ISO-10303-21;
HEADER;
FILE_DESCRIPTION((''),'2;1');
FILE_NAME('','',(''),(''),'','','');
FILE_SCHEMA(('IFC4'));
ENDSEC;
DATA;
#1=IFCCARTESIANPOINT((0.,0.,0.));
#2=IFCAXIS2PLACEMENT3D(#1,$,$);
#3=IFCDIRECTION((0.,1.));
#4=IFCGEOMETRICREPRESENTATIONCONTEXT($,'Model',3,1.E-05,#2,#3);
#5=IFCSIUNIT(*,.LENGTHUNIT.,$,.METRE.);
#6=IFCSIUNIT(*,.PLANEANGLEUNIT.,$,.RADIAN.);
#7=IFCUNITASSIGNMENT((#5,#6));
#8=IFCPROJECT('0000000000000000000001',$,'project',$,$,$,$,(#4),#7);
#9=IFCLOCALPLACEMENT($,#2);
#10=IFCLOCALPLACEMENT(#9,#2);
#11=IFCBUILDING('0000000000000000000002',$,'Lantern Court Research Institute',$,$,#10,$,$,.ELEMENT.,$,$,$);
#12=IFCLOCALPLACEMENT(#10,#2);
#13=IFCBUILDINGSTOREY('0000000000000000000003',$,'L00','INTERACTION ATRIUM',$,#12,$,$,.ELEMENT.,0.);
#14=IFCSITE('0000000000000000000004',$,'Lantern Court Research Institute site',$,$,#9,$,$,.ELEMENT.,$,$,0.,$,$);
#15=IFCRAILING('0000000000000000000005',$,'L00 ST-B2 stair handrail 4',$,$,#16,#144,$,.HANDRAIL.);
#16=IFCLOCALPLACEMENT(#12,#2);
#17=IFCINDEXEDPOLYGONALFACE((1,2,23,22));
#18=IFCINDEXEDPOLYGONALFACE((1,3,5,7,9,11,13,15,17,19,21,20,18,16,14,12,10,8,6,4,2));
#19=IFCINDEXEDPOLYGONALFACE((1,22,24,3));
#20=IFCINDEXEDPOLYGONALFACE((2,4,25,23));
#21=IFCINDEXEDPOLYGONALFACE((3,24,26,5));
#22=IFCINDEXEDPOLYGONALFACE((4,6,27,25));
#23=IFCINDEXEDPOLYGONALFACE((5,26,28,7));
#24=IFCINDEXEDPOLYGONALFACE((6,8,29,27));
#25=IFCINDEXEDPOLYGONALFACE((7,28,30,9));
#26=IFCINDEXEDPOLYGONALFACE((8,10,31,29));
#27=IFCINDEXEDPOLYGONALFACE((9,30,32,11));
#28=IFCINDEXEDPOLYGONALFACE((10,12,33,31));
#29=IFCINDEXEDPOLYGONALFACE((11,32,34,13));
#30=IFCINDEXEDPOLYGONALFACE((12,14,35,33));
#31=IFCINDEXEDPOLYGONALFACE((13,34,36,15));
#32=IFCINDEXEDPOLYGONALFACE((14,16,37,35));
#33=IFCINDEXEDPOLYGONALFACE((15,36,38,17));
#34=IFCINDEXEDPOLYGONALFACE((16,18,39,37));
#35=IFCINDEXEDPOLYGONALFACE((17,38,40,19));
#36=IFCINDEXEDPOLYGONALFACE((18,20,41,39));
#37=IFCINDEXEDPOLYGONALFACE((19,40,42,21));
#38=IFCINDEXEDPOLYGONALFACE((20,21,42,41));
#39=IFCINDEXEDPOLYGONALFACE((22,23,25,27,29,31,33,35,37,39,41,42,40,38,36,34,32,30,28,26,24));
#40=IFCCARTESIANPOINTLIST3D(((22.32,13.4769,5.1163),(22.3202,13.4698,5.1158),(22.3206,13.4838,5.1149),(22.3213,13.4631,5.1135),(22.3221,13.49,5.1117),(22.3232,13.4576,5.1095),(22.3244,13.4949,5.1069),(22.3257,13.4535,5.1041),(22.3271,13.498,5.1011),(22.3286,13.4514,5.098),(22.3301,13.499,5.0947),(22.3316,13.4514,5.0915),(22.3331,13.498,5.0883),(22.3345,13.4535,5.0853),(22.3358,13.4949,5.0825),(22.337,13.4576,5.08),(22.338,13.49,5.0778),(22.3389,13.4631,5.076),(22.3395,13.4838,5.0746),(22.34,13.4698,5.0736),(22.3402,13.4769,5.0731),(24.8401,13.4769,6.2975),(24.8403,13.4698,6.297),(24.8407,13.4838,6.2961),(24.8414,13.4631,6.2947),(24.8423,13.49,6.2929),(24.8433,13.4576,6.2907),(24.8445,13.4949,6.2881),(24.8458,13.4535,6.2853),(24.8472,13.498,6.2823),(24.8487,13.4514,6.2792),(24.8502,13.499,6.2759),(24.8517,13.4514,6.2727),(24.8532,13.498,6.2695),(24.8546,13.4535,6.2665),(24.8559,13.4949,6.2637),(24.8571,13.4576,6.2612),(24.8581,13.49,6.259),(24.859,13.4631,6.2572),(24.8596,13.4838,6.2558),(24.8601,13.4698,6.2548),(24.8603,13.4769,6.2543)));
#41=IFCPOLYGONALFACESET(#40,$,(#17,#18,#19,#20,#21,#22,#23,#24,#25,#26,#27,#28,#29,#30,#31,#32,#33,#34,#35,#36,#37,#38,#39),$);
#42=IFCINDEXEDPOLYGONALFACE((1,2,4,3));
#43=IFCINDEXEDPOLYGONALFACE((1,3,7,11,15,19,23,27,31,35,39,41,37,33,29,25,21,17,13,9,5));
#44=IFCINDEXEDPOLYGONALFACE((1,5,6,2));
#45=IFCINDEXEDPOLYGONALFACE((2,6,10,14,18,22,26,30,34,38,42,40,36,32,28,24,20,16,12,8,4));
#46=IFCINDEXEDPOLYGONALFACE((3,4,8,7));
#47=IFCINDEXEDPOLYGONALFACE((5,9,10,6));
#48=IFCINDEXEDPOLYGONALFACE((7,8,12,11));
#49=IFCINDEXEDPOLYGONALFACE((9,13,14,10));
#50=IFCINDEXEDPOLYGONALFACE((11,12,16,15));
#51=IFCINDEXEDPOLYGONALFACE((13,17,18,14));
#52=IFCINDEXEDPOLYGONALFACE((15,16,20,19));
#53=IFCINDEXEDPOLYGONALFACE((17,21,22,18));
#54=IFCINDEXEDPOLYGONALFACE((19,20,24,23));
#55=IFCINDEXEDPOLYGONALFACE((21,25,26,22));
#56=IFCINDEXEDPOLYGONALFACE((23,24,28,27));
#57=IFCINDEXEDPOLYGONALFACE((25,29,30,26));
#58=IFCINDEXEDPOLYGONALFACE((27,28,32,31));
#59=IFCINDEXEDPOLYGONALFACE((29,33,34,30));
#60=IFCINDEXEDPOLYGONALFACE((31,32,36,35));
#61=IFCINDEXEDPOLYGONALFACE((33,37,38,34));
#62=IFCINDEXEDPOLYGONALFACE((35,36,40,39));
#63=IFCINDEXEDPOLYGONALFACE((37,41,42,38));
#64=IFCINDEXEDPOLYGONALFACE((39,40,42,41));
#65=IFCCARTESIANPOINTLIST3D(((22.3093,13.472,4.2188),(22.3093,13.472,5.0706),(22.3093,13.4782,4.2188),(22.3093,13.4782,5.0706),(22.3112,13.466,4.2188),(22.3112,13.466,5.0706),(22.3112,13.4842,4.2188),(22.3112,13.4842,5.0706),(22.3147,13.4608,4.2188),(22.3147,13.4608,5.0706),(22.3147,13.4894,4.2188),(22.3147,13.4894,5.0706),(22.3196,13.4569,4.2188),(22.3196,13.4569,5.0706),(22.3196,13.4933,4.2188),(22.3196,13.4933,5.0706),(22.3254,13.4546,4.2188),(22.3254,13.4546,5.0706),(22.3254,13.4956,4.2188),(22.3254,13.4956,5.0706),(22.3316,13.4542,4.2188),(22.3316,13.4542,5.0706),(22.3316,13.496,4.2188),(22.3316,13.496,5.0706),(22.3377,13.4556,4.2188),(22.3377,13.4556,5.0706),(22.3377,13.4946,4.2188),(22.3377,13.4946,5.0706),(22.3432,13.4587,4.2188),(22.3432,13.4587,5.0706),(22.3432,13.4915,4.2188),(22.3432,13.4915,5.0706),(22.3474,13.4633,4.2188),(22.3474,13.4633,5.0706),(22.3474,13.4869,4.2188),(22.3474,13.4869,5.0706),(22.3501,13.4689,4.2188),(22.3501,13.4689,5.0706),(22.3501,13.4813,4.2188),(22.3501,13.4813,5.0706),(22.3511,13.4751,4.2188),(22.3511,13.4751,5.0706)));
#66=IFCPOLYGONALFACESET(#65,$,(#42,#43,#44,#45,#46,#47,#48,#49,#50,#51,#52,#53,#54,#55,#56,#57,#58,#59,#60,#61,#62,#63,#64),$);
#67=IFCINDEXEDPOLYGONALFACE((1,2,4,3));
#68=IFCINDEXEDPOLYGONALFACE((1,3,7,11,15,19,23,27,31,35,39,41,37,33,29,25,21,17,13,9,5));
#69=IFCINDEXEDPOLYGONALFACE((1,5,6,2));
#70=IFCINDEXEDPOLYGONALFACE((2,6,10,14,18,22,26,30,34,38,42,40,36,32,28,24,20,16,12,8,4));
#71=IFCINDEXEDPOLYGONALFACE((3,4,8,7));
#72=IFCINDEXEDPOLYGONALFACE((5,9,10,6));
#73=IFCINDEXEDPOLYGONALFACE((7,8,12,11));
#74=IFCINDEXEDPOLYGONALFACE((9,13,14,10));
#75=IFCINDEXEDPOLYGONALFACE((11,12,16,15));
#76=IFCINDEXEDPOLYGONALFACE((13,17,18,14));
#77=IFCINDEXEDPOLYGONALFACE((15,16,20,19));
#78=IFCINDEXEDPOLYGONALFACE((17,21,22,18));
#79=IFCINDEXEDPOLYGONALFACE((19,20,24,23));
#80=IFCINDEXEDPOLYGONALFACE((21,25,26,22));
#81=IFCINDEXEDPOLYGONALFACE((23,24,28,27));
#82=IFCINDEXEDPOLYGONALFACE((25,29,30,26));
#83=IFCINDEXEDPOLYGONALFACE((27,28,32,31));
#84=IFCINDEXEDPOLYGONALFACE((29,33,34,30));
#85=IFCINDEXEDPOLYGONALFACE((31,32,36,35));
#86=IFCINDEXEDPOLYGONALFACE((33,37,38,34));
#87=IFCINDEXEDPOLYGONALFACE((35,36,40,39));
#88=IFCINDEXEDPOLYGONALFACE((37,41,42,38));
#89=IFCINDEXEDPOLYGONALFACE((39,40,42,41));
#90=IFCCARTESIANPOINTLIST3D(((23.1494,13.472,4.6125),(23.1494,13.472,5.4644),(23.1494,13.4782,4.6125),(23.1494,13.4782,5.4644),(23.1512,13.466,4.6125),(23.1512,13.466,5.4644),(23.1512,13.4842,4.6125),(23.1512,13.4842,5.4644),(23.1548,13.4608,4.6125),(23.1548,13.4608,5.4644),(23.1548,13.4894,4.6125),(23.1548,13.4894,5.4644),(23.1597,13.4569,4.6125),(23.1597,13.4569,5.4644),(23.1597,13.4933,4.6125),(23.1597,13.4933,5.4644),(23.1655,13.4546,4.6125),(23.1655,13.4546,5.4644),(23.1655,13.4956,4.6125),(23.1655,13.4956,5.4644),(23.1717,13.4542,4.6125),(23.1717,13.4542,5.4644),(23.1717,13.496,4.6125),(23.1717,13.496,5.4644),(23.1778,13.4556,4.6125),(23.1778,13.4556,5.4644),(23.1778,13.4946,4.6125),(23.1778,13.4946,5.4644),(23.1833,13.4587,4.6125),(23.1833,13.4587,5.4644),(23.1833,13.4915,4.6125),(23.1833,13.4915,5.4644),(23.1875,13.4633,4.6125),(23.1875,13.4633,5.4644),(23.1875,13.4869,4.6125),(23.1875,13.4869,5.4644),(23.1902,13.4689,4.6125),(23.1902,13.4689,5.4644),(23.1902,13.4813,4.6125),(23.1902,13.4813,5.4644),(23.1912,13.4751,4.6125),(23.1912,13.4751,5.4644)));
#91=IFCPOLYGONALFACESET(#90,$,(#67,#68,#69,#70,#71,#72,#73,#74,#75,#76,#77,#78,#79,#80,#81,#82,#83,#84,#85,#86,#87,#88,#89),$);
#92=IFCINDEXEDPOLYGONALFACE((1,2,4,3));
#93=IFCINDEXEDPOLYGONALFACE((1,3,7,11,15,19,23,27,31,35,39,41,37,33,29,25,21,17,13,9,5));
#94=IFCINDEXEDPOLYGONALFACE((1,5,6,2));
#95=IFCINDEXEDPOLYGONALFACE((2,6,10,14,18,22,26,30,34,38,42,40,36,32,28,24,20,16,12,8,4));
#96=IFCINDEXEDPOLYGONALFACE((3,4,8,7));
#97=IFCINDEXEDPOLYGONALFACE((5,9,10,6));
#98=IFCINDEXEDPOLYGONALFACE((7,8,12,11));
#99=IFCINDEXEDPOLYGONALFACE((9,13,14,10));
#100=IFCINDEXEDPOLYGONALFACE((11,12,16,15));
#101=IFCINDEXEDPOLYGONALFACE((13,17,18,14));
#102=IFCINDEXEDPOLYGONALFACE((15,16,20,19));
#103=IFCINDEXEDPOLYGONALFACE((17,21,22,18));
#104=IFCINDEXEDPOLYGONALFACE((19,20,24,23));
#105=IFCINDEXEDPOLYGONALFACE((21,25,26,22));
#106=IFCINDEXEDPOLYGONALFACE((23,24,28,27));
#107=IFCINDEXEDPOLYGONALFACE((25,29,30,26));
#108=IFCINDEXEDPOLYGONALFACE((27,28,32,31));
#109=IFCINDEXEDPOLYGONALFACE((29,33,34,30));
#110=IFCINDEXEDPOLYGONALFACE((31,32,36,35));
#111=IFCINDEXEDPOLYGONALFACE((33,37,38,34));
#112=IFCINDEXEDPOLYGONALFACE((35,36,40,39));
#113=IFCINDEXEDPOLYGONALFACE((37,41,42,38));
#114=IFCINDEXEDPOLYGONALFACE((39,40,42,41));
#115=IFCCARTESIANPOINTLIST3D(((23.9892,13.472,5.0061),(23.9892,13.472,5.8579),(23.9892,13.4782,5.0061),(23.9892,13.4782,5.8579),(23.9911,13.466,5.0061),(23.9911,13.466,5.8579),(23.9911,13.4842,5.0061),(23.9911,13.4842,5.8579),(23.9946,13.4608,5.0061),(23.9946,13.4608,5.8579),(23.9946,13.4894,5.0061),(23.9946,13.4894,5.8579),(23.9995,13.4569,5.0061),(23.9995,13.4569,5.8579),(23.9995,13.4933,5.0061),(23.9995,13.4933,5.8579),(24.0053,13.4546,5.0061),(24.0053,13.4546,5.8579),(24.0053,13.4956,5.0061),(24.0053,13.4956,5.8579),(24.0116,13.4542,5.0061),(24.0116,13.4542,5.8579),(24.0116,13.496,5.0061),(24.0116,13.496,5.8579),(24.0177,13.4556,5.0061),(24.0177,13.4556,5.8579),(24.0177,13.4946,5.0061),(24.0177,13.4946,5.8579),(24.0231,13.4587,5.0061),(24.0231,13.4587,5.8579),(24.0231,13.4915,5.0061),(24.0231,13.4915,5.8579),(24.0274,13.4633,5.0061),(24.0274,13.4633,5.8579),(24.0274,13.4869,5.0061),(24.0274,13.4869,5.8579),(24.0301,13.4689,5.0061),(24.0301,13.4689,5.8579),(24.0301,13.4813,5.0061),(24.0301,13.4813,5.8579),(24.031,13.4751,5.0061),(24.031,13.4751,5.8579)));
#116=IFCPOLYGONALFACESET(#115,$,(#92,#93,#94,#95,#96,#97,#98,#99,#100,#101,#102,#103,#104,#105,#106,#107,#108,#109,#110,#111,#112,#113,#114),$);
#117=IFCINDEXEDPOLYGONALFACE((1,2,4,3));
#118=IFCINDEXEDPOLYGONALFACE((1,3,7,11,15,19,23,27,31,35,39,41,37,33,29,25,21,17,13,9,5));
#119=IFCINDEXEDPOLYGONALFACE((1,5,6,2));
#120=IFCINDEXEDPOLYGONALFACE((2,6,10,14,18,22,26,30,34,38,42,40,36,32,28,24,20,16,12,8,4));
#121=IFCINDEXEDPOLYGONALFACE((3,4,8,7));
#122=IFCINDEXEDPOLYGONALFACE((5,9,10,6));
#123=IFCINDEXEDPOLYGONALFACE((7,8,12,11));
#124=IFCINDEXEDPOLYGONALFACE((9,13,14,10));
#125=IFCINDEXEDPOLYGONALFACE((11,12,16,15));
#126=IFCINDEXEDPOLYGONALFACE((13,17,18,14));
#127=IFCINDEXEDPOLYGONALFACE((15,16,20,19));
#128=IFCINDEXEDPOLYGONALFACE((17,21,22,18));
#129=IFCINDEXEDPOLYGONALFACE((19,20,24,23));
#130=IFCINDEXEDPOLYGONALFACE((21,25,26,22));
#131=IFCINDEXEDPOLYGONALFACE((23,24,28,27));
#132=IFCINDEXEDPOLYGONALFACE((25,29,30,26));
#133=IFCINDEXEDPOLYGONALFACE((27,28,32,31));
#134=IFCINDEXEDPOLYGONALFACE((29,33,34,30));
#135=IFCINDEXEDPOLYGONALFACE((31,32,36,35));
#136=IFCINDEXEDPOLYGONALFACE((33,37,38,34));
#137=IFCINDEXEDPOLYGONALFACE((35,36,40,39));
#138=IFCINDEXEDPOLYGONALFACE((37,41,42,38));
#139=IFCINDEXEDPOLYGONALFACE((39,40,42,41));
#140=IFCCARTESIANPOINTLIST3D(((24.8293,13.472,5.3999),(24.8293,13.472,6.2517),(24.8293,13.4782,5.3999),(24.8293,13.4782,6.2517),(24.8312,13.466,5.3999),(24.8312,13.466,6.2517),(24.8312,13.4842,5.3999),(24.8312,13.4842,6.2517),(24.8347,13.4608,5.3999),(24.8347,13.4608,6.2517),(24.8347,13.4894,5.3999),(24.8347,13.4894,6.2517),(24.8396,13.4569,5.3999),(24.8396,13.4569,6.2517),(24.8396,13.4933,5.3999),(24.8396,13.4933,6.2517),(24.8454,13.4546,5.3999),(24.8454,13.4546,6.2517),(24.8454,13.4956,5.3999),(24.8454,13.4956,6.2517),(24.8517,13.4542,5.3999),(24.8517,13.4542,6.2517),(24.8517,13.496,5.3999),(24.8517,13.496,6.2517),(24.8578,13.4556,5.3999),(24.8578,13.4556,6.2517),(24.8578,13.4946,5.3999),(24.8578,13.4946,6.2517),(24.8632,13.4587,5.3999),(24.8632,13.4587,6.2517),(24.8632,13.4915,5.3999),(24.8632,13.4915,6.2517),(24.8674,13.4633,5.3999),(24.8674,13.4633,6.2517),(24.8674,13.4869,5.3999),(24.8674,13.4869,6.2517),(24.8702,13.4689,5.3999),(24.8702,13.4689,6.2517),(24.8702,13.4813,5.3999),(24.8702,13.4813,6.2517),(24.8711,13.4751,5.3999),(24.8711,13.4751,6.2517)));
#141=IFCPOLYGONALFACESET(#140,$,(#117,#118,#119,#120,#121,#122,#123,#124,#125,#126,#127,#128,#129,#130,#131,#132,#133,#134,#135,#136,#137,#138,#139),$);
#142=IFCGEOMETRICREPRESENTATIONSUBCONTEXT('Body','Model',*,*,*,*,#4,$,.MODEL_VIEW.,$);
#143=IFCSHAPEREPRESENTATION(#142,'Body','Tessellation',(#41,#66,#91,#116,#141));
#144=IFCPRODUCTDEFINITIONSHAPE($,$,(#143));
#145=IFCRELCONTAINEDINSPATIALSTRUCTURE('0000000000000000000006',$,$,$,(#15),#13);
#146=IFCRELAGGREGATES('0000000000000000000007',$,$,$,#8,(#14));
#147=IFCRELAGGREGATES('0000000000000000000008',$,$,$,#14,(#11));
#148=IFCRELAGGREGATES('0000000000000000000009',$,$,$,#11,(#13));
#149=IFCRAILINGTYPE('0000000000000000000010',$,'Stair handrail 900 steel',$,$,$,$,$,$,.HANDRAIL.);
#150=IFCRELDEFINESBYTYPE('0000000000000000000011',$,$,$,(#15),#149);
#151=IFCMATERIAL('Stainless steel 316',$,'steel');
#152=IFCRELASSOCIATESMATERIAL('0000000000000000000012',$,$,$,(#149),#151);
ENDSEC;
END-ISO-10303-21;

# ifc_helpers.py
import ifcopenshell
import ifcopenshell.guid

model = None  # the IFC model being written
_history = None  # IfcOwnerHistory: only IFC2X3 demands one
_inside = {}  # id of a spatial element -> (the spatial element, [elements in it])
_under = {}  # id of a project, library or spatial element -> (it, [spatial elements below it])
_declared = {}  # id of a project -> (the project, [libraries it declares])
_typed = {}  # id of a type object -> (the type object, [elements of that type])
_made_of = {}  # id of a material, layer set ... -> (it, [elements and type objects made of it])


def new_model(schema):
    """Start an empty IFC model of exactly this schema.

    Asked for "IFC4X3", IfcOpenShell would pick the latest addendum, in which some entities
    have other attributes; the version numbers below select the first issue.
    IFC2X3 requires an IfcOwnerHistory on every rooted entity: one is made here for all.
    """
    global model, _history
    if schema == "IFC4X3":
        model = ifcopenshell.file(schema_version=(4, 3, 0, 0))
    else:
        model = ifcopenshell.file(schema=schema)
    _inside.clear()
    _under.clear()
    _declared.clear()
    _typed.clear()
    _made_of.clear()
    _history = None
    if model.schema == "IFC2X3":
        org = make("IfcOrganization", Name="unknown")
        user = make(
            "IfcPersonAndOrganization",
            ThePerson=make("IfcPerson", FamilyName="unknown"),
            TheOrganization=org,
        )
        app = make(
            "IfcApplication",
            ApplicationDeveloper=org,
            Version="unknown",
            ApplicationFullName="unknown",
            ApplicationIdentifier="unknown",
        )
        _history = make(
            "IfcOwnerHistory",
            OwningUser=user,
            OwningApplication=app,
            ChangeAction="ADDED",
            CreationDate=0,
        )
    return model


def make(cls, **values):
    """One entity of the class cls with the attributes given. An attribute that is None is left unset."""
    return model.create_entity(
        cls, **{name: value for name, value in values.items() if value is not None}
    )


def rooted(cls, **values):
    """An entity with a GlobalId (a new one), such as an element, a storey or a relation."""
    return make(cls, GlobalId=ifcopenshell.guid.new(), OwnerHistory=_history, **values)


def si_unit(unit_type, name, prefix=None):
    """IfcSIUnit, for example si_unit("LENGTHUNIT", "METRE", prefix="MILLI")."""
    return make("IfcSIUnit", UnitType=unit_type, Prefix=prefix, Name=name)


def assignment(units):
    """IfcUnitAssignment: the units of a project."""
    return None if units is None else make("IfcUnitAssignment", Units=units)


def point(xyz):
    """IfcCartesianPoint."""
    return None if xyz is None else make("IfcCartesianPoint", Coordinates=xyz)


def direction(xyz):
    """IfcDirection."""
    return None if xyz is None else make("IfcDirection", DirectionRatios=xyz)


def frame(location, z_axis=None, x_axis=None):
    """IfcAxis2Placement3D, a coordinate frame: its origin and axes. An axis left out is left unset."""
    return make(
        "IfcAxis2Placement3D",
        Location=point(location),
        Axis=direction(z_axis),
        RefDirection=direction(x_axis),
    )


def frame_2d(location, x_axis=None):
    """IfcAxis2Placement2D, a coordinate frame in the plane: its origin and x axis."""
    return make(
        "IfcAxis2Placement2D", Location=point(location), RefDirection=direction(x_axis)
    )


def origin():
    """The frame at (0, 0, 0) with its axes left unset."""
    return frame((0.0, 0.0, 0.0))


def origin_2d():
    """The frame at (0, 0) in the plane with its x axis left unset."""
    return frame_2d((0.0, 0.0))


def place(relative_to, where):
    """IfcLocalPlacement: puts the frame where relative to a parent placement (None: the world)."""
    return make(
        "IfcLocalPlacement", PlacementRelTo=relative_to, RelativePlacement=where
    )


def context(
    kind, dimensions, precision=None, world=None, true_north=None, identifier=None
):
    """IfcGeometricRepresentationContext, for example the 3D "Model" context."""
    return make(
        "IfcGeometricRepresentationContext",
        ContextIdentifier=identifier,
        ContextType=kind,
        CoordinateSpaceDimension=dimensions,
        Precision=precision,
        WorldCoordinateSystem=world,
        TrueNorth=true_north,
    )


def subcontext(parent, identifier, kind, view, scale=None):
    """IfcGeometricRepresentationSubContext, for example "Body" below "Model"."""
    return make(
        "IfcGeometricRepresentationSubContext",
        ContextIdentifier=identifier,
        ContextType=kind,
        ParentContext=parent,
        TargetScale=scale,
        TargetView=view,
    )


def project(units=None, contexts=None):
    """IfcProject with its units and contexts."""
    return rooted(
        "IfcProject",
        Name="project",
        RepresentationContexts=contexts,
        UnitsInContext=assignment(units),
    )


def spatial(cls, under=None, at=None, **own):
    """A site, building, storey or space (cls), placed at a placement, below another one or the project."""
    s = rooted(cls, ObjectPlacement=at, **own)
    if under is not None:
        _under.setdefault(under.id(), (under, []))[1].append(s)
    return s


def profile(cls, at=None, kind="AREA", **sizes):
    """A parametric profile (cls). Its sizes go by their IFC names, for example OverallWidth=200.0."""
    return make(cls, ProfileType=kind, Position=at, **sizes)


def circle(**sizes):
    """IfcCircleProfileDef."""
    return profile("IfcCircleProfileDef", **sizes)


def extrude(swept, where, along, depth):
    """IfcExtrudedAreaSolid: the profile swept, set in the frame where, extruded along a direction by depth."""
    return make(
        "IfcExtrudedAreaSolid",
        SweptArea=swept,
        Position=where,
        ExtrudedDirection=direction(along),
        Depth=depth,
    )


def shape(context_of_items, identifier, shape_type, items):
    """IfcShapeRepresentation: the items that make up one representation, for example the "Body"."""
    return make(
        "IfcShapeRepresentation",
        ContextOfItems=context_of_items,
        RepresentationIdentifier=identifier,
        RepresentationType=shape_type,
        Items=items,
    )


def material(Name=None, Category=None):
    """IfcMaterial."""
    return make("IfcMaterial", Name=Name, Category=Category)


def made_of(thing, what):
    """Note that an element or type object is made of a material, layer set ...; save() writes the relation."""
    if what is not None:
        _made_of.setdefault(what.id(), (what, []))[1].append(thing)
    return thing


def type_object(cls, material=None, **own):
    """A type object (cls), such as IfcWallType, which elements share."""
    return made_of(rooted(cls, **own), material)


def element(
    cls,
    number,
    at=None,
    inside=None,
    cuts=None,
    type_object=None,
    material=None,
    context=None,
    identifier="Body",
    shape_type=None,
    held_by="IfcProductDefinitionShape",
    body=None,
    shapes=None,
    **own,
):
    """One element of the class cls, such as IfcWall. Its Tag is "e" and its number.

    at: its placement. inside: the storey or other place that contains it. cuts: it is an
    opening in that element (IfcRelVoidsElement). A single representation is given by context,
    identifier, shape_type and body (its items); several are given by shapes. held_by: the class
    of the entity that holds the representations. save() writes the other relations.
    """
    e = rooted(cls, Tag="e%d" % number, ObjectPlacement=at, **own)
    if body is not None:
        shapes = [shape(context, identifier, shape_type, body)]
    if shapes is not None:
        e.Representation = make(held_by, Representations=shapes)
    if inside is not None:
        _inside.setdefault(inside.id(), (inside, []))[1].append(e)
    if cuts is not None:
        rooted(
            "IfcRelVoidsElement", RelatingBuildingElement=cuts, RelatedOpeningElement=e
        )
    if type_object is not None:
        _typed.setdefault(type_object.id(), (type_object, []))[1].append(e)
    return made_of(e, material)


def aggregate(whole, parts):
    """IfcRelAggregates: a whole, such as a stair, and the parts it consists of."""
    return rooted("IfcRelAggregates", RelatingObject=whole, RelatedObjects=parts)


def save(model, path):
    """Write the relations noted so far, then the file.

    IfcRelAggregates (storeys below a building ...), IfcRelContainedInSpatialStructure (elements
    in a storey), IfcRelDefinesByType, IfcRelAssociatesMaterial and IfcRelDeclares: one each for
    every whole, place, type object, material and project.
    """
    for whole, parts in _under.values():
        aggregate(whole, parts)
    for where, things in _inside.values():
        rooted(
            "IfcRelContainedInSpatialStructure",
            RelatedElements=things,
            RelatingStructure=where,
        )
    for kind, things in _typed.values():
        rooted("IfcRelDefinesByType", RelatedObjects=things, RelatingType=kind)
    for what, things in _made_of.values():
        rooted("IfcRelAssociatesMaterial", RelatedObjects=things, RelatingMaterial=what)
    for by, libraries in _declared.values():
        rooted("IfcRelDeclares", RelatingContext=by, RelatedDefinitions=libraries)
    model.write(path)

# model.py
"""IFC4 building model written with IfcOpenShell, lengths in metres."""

from ifc_helpers import new_model, si_unit, direction, frame, origin, origin_2d, place, context, subcontext, project, spatial, circle, extrude, material, type_object, element, save


model = new_model("IFC4")

# Units and contexts
model_context = context("Model", 3, precision=1e-05, world=origin(), true_north=direction((0.0, 1.0)))
body_context = subcontext(model_context, "Body", "Model", "MODEL_VIEW")
ifc_project = project(units=[si_unit("LENGTHUNIT", "METRE"), si_unit("PLANEANGLEUNIT", "RADIAN")], contexts=[model_context])

# Site, building, storey
site_placement = place(None, origin())
site = spatial("IfcSite", under=ifc_project, at=site_placement, Name="Lantern Court Research Institute site", CompositionType="ELEMENT", RefElevation=0.0)
building_placement = place(site_placement, origin())
building = spatial("IfcBuilding", under=site, at=building_placement, Name="Lantern Court Research Institute", CompositionType="ELEMENT")
storey_placement = place(building_placement, origin())
storey = spatial("IfcBuildingStorey", under=building, at=storey_placement, Name="L00", Description="INTERACTION ATRIUM", CompositionType="ELEMENT", Elevation=0.0)

# Railing
ifc_material_1 = material(Name="Stainless steel 316", Category="steel")
railing_type_1 = type_object("IfcRailingType", Name="Stair handrail 900 steel", PredefinedType="HANDRAIL", material=ifc_material_1)
for number, where, name in (
    (1, (22.3301, 13.4751, 4.2188), "L00 ST-B2 stair handrail 4"),
):
    element("IfcRailing", number, at=place(storey_placement, frame(where)), inside=storey, type_object=railing_type_1, Name=name, PredefinedType="HANDRAIL", context=body_context, shape_type="SweptSolid", body=[
        extrude(circle(Radius=0.0239, at=origin_2d()), frame((0.0, 0.0, 0.876), z_axis=(0.905474, 0.0, 0.424402), x_axis=(0.0, 1.0, 0.0)), (0.0, 0.0, 1.0), 2.7832),
        extrude(circle(Radius=0.021, at=origin_2d()), origin(), (0.0, 0.0, 1.0), 0.8518),
        extrude(circle(Radius=0.021, at=origin_2d()), frame((0.8401, 0.0, 0.3938)), (0.0, 0.0, 1.0), 0.8518),
        extrude(circle(Radius=0.021, at=origin_2d()), frame((1.6799, 0.0, 0.7874)), (0.0, 0.0, 1.0), 0.8518),
        extrude(circle(Radius=0.021, at=origin_2d()), frame((2.52, 0.0, 1.1812)), (0.0, 0.0, 1.0), 0.8518),
    ])

save(model, "model.ifc")
